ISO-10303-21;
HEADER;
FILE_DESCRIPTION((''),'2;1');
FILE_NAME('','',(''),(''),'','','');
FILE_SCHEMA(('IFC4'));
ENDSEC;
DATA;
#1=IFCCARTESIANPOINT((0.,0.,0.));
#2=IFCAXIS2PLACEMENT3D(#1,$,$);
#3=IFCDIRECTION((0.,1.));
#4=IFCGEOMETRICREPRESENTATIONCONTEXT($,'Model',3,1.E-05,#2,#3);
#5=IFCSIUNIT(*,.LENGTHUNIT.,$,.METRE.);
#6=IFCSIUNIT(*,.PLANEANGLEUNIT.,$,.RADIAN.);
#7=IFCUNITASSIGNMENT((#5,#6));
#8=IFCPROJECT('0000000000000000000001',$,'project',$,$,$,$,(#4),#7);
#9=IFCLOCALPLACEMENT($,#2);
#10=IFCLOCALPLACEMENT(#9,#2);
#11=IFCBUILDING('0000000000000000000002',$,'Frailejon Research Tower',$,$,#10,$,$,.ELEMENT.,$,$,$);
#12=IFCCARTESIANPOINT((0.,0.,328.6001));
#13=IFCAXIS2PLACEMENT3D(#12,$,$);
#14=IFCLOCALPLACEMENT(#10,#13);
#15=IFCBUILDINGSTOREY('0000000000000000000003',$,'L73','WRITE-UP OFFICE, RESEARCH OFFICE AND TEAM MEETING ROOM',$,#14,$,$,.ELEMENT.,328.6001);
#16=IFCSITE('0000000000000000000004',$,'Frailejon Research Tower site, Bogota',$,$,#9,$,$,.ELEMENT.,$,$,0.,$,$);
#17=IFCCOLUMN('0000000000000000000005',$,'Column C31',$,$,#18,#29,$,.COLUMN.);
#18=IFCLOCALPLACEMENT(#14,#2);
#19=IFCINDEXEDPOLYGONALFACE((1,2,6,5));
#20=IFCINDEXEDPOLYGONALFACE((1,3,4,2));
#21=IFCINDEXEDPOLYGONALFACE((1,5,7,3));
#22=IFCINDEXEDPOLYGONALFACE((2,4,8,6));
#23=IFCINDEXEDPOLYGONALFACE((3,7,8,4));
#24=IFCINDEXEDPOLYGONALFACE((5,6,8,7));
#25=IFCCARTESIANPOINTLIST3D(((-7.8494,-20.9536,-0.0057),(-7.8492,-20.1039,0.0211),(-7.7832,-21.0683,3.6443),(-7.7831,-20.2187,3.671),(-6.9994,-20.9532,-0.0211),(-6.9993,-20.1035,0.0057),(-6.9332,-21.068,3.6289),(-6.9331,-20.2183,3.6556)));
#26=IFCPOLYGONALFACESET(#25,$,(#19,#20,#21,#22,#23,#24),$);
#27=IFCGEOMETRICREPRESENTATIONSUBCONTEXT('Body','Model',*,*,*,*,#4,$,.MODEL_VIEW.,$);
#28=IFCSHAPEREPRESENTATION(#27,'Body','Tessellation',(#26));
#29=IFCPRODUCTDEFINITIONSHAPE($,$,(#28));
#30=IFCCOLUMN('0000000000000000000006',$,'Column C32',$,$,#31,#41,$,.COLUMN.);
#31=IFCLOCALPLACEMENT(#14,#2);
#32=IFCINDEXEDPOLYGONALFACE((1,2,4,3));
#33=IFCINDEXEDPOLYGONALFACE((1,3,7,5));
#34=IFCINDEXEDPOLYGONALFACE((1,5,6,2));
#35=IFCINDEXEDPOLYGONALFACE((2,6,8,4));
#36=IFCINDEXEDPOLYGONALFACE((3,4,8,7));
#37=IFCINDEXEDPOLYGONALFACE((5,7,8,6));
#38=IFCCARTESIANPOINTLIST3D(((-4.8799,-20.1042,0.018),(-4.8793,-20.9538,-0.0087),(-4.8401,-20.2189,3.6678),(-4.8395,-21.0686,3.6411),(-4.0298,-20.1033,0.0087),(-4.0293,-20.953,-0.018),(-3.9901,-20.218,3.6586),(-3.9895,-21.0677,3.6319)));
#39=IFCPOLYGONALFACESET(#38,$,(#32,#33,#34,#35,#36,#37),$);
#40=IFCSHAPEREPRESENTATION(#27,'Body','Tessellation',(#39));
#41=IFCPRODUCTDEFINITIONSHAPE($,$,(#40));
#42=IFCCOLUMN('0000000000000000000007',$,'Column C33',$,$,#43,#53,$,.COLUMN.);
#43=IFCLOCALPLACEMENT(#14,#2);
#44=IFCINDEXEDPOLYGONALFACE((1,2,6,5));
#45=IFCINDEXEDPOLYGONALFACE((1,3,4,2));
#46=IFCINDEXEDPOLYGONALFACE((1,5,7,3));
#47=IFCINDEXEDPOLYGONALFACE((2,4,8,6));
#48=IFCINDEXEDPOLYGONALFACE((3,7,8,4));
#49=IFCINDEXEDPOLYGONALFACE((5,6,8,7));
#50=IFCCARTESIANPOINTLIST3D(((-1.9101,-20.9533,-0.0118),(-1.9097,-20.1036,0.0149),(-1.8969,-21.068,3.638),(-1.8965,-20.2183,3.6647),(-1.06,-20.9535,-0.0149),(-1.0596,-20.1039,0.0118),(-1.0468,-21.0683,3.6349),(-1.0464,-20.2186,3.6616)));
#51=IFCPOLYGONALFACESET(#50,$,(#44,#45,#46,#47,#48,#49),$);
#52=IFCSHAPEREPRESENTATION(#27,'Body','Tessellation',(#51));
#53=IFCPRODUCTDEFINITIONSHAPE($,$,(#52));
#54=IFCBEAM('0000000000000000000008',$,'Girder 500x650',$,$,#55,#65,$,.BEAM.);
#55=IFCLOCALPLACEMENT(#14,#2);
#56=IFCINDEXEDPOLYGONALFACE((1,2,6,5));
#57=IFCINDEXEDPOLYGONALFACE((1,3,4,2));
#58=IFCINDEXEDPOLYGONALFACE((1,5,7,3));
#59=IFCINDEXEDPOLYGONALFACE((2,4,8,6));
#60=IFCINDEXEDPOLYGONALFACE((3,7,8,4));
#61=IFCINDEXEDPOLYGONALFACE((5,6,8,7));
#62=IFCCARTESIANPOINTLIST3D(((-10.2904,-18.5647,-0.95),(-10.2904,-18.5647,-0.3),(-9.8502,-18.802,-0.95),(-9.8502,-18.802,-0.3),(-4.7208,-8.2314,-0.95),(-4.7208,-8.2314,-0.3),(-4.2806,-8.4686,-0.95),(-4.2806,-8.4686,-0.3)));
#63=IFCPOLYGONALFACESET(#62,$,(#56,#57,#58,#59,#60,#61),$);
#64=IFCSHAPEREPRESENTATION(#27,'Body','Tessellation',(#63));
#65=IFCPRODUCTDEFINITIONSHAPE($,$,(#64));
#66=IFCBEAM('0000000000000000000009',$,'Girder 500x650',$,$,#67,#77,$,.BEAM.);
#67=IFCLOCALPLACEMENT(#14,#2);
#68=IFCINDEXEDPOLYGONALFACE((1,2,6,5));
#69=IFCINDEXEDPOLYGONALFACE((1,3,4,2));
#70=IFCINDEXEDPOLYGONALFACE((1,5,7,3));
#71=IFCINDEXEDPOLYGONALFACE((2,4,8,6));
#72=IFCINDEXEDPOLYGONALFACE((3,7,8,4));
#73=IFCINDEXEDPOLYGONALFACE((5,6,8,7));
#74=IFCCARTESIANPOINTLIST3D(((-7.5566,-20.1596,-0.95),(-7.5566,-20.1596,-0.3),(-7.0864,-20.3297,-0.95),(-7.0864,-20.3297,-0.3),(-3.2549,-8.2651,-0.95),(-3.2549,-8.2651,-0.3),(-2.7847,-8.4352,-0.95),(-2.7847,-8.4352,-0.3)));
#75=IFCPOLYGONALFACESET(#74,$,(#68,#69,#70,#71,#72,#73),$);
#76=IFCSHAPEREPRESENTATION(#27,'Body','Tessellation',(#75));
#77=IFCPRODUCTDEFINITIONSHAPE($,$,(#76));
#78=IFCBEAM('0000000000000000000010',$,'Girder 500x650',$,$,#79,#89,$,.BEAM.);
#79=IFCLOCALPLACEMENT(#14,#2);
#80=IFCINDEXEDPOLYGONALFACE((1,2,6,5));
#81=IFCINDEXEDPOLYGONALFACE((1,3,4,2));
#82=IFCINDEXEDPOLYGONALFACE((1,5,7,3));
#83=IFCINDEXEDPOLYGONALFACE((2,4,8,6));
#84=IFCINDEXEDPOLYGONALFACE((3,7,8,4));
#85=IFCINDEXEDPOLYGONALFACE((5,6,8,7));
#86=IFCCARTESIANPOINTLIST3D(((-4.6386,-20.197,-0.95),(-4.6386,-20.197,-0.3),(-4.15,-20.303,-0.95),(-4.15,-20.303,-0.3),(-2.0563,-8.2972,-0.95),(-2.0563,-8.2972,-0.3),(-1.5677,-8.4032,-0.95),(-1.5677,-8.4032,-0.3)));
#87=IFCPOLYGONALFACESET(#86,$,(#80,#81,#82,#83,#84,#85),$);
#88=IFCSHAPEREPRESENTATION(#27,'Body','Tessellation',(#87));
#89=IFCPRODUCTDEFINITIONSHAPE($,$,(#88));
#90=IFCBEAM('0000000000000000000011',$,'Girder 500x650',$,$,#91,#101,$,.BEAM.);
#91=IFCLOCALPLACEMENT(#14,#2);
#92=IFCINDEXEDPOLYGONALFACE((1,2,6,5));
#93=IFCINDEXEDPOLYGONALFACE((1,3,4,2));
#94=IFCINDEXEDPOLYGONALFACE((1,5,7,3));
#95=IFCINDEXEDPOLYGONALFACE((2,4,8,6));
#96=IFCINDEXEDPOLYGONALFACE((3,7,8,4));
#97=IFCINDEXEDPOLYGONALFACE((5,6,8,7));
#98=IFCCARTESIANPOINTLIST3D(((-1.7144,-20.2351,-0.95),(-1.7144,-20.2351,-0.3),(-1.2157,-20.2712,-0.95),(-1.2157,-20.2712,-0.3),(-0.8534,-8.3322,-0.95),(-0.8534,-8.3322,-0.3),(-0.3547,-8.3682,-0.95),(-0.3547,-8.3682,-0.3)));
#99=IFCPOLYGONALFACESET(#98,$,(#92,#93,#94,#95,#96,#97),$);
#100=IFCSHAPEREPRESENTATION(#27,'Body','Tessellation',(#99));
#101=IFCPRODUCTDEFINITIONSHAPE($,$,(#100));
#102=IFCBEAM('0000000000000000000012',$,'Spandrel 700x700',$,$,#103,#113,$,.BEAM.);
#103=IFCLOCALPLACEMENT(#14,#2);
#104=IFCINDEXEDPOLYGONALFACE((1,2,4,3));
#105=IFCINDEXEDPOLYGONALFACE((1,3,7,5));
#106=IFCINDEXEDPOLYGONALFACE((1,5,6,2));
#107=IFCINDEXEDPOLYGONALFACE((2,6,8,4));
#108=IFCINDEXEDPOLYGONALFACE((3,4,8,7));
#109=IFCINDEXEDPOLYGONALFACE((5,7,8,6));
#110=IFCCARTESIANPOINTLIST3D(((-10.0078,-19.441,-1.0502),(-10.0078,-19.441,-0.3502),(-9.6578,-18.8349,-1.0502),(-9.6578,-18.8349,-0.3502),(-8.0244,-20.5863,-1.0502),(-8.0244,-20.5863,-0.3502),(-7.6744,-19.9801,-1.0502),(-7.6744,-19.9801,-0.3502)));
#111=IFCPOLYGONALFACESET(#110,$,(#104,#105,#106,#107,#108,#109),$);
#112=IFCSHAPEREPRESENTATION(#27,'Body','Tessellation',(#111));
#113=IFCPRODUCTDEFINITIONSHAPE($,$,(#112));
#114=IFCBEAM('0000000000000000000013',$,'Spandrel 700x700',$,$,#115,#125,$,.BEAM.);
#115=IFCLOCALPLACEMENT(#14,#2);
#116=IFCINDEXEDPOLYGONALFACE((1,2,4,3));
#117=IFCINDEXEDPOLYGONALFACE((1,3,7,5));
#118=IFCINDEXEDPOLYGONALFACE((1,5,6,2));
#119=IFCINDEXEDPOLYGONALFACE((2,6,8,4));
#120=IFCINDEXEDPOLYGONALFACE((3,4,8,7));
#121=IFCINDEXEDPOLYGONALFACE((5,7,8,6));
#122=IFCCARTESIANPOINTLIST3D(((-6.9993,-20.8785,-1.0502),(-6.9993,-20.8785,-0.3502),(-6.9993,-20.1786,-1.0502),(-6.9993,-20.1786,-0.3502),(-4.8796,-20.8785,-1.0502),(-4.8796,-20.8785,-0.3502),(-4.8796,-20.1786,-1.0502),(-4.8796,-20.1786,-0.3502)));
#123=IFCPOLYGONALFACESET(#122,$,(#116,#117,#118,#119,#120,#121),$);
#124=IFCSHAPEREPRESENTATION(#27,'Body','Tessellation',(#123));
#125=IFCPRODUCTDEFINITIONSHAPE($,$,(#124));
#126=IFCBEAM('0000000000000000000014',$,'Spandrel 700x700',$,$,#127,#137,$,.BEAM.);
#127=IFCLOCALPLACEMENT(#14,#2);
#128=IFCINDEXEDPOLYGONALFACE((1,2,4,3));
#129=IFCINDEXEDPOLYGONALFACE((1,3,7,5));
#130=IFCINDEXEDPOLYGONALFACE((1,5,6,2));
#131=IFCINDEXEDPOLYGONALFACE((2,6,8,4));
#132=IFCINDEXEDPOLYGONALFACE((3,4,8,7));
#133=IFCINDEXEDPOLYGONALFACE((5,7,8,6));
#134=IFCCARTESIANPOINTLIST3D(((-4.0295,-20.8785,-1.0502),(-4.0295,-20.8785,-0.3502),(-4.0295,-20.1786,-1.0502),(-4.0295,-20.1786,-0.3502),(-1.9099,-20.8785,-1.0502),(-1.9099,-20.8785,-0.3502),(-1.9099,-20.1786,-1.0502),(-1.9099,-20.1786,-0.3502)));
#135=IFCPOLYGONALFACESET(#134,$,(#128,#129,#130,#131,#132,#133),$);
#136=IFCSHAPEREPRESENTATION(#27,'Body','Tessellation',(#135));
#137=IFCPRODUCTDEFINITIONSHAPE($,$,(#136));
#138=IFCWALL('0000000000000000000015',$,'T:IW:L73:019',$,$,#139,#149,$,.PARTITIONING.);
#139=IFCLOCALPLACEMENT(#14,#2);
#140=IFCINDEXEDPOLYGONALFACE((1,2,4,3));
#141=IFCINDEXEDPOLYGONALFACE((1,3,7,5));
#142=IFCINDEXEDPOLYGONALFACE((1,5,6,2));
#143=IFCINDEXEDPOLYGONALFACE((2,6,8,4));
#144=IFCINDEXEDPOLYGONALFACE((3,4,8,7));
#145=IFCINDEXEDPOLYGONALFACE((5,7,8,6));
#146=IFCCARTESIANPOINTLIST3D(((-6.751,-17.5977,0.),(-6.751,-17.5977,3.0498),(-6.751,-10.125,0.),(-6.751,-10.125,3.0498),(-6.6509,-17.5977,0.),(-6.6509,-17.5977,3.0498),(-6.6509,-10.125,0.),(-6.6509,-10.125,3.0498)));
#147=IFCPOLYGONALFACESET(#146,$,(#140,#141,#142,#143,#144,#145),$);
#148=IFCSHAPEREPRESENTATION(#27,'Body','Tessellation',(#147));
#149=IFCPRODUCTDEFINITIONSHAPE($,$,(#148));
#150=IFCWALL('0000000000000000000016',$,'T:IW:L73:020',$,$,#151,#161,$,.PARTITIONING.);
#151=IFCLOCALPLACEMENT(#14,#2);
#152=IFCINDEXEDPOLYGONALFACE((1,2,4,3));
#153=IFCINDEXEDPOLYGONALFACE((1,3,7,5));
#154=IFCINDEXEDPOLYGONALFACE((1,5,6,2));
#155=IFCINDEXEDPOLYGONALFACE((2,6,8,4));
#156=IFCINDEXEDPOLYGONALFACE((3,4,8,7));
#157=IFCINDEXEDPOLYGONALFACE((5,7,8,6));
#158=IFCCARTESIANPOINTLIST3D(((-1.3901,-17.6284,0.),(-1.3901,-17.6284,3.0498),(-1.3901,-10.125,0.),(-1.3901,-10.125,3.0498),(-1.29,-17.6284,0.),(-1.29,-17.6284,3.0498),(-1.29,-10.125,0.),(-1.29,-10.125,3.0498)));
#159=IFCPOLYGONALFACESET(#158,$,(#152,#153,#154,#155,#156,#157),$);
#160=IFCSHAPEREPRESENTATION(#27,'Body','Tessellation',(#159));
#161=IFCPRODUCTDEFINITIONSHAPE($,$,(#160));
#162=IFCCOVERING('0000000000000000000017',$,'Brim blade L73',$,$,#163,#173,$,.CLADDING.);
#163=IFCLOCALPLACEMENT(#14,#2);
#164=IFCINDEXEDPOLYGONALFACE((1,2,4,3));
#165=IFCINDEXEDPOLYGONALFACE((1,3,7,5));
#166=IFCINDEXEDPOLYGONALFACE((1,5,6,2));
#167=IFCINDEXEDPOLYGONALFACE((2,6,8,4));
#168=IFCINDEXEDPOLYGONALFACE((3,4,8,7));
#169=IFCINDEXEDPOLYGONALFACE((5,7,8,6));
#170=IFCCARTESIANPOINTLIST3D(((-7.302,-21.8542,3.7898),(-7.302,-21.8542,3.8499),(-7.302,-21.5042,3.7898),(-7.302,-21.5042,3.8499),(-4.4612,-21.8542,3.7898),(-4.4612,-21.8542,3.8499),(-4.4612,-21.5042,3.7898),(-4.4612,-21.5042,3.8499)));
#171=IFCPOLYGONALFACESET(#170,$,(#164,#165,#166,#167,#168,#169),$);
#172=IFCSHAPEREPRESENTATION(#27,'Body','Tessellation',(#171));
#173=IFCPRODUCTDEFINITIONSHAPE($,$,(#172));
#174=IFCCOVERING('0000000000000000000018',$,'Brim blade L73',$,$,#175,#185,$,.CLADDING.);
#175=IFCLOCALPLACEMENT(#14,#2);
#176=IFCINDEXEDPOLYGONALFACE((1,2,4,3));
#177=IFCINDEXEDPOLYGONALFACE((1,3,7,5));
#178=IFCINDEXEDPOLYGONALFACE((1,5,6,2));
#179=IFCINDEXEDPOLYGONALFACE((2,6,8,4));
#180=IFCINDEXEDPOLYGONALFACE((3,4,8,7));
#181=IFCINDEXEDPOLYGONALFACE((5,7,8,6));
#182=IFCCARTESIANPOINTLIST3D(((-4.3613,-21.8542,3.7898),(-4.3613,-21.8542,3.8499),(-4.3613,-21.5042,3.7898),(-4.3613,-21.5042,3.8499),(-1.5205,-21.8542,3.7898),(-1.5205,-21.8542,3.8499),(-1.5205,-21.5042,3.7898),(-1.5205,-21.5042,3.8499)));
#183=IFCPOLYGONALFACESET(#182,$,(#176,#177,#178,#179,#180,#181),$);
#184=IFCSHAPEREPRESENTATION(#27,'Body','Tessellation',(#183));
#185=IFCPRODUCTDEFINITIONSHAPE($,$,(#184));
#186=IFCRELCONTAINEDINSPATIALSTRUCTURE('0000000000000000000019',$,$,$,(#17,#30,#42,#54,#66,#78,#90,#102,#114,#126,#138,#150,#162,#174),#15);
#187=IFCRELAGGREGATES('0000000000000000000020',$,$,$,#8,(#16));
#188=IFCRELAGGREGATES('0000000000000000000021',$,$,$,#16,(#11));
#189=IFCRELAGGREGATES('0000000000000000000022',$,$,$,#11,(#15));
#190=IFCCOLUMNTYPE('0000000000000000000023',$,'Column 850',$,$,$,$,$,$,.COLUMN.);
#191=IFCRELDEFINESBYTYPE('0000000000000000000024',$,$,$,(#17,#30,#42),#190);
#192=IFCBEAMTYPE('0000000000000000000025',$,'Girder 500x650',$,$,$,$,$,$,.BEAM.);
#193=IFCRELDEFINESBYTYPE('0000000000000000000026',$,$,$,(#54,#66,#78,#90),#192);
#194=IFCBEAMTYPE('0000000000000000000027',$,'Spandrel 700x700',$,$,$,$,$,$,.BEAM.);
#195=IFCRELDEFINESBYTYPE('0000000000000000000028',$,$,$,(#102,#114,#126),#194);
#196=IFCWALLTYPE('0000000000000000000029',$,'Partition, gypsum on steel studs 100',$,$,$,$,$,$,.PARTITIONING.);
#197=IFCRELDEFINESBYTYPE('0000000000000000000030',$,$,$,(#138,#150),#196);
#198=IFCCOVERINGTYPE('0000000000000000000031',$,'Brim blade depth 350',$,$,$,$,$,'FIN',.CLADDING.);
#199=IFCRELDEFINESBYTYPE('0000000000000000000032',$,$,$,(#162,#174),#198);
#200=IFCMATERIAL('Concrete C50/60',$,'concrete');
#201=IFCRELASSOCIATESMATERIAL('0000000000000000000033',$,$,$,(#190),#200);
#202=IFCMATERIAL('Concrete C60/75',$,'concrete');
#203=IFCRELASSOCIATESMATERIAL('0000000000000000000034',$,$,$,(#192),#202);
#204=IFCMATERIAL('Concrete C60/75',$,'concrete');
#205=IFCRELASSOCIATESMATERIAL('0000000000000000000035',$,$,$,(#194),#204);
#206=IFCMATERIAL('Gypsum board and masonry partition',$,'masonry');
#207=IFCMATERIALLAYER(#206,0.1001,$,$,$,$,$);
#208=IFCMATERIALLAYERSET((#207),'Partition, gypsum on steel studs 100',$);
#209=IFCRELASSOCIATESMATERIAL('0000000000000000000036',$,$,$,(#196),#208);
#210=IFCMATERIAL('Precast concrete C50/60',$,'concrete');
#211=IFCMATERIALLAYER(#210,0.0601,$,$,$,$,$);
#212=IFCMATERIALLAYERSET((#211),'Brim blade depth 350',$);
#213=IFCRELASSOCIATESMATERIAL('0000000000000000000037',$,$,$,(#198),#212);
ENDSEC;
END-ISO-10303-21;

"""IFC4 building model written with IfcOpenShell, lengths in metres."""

from ifc_helpers import new_model, si_unit, direction, frame, frame_2d, origin, origin_2d, place, context, subcontext, project, spatial, polyline, rectangle, outline, extrude, material, layer, layer_set, material_profile, profile_set, type_object, element, save


model = new_model("IFC4")

# Units and contexts
model_context = context("Model", 3, precision=1e-05, world=origin(), true_north=direction((0.0, 1.0)))
body_context = subcontext(model_context, "Body", "Model", "MODEL_VIEW")
ifc_project = project(units=[si_unit("LENGTHUNIT", "METRE"), si_unit("PLANEANGLEUNIT", "RADIAN")], contexts=[model_context])

# Site, building, storey
site_placement = place(None, origin())
site = spatial("IfcSite", under=ifc_project, at=site_placement, Name="Frailejon Research Tower site, Bogota", CompositionType="ELEMENT", RefElevation=0.0)
building_placement = place(site_placement, origin())
building = spatial("IfcBuilding", under=site, at=building_placement, Name="Frailejon Research Tower", CompositionType="ELEMENT")
storey_placement = place(building_placement, frame((0.0, 0.0, 328.6001)))
storey = spatial("IfcBuildingStorey", under=building, at=storey_placement, Name="L73", Description="WRITE-UP OFFICE, RESEARCH OFFICE AND TEAM MEETING ROOM", CompositionType="ELEMENT", Elevation=328.6001)

# Columns
ifc_material_1 = material(Name="Concrete C50/60", Category="concrete")
ifc_material_profile_1 = material_profile(ifc_material_1, rectangle(XDim=0.8501, YDim=0.8501, at=origin_2d()), Name="Column 850")
ifc_profile_set_1 = profile_set([ifc_material_profile_1], Name="Concrete C50/60")
column_type = type_object("IfcColumnType", Name="Column 850", PredefinedType="COLUMN", material=ifc_profile_set_1)
column_1_placement = place(storey_placement, frame((-7.4243, -20.5286, 0.0), z_axis=(0.018115, -0.031417, 0.999342), x_axis=(0.999836, 0.000438, -0.01811)))
element("IfcColumn", 1, at=column_1_placement, inside=storey, type_object=column_type, Name="Column C31", PredefinedType="COLUMN", context=body_context, shape_type="SweptSolid", body=[
    extrude(rectangle(XDim=0.8501, YDim=0.8501, at=origin_2d()), origin(), (0.0, 0.0, 1.0), 3.6523),
])
column_2_placement = place(storey_placement, frame((-4.4546, -20.5286, 0.0), z_axis=(0.010897, -0.031421, 0.999447), x_axis=(0.99994, 0.001008, -0.010871)))
element("IfcColumn", 2, at=column_2_placement, inside=storey, type_object=column_type, Name="Column C32", PredefinedType="COLUMN", context=body_context, shape_type="SweptSolid", body=[
    extrude(rectangle(XDim=0.8501, YDim=0.8501, at=origin_2d()), origin(), (0.0, 0.0, 1.0), 3.6519),
])
column_3_placement = place(storey_placement, frame((-1.4849, -20.5286, 0.0), z_axis=(0.00361, -0.031422, 0.9995), x_axis=(0.999993, -0.000341, -0.003623)))
element("IfcColumn", 3, at=column_3_placement, inside=storey, type_object=column_type, Name="Column C33", PredefinedType="COLUMN", context=body_context, shape_type="SweptSolid", body=[
    extrude(rectangle(XDim=0.8501, YDim=0.8501, at=origin_2d()), origin(), (0.0, 0.0, 1.0), 3.6516),
])

# Beams
ifc_material_2 = material(Name="Concrete C60/75", Category="concrete")
ifc_material_profile_2 = material_profile(ifc_material_2, rectangle(XDim=0.5, YDim=0.6499, at=origin_2d()), Name="Girder 500x650")
ifc_profile_set_2 = profile_set([ifc_material_profile_2], Name="Concrete C60/75")
beam_type_1 = type_object("IfcBeamType", Name="Girder 500x650", PredefinedType="BEAM", material=ifc_profile_set_2)
beam_1_placement = place(storey_placement, frame((-10.0703, -18.6833, -0.625), z_axis=(0.474464, 0.880275, 0.0), x_axis=(-0.880275, 0.474464, 0.0)))
element("IfcBeam", 4, at=beam_1_placement, inside=storey, type_object=beam_type_1, Name="Girder 500x650", PredefinedType="BEAM", context=body_context, shape_type="SweptSolid", body=[
    extrude(rectangle(XDim=0.5, YDim=0.6499, at=origin_2d()), origin(), (0.0, 0.0, 1.0), 11.7388),
])
beam_2_placement = place(storey_placement, frame((-7.3215, -20.2446, -0.625), z_axis=(0.3401, 0.940389, 0.0), x_axis=(-0.940389, 0.3401, 0.0)))
element("IfcBeam", 5, at=beam_2_placement, inside=storey, type_object=beam_type_1, Name="Girder 500x650", PredefinedType="BEAM", context=body_context, shape_type="SweptSolid", body=[
    extrude(rectangle(XDim=0.5, YDim=0.6499, at=origin_2d()), origin(), (0.0, 0.0, 1.0), 12.6484),
])
beam_3_placement = place(storey_placement, frame((-4.3943, -20.25, -0.625), z_axis=(0.212064, 0.977256, 0.0), x_axis=(-0.977256, 0.212064, 0.0)))
element("IfcBeam", 6, at=beam_3_placement, inside=storey, type_object=beam_type_1, Name="Girder 500x650", PredefinedType="BEAM", context=body_context, shape_type="SweptSolid", body=[
    extrude(rectangle(XDim=0.5, YDim=0.6499, at=origin_2d()), origin(), (0.0, 0.0, 1.0), 12.1768),
])
beam_4_placement = place(storey_placement, frame((-1.4651, -20.2532, -0.625), z_axis=(0.072153, 0.997394, 0.0), x_axis=(-0.997394, 0.072153, 0.0)))
element("IfcBeam", 7, at=beam_4_placement, inside=storey, type_object=beam_type_1, Name="Girder 500x650", PredefinedType="BEAM", context=body_context, shape_type="SweptSolid", body=[
    extrude(rectangle(XDim=0.5, YDim=0.6499, at=origin_2d()), origin(), (0.0, 0.0, 1.0), 11.9341),
])
ifc_material_3 = material(Name="Concrete C60/75", Category="concrete")
ifc_material_profile_3 = material_profile(ifc_material_3, rectangle(XDim=0.7, YDim=0.7, at=origin_2d()), Name="Spandrel 700x700")
ifc_profile_set_3 = profile_set([ifc_material_profile_3], Name="Concrete C60/75")
beam_type_2 = type_object("IfcBeamType", Name="Spandrel 700x700", PredefinedType="BEAM", material=ifc_profile_set_3)
beam_5_placement = place(storey_placement, frame((-9.8328, -19.1379, -0.7002), z_axis=(0.865997, -0.500048, 0.0), x_axis=(0.500048, 0.865997, 0.0)))
element("IfcBeam", 8, at=beam_5_placement, inside=storey, type_object=beam_type_2, Name="Spandrel 700x700", PredefinedType="BEAM", context=body_context, shape_type="SweptSolid", body=[
    extrude(rectangle(XDim=0.7, YDim=0.7, at=origin_2d()), origin(), (0.0, 0.0, 1.0), 2.2903),
])
for number, where, z_axis, x_axis, name in (
    (9, (-6.9993, -20.5286, -0.7002), (1.0, 0.0, 0.0), (0.0, 1.0, 0.0), "Spandrel 700x700"),
    (10, (-4.0295, -20.5286, -0.7002), (1.0, 0.0, 0.0), (0.0, 1.0, 0.0), "Spandrel 700x700"),
):
    element("IfcBeam", number, at=place(storey_placement, frame(where, z_axis=z_axis, x_axis=x_axis)), inside=storey, type_object=beam_type_2, Name=name, PredefinedType="BEAM", context=body_context, shape_type="SweptSolid", body=[
        extrude(rectangle(XDim=0.7, YDim=0.7, at=origin_2d()), origin(), (0.0, 0.0, 1.0), 2.1196),
    ])

# Walls
ifc_material_4 = material(Name="Gypsum board and masonry partition", Category="masonry")
ifc_layer_1 = layer(ifc_material_4, 0.1001)
ifc_layer_set_1 = layer_set([ifc_layer_1], Name="Partition, gypsum on steel studs 100")
wall_type_1 = type_object("IfcWallType", Name="Partition, gypsum on steel studs 100", PredefinedType="PARTITIONING", material=ifc_layer_set_1)
wall_1_placement = place(storey_placement, frame((-6.7009, -17.5977, 0.0), z_axis=(0.0, 0.0, 1.0), x_axis=(0.0, 1.0, 0.0)))
element("IfcWall", 11, at=wall_1_placement, inside=storey, type_object=wall_type_1, Name="T:IW:L73:019", PredefinedType="PARTITIONING", context=body_context, shape_type="SweptSolid", body=[
    extrude(rectangle(XDim=7.4727, YDim=0.1001, at=frame_2d((3.7363, 0.0))), origin(), (0.0, 0.0, 1.0), 3.0498),
])
wall_2_placement = place(storey_placement, frame((-1.3401, -17.6284, 0.0), z_axis=(0.0, 0.0, 1.0), x_axis=(0.0, 1.0, 0.0)))
element("IfcWall", 12, at=wall_2_placement, inside=storey, type_object=wall_type_1, Name="T:IW:L73:020", PredefinedType="PARTITIONING", context=body_context, shape_type="SweptSolid", body=[
    extrude(rectangle(XDim=7.5034, YDim=0.1001, at=frame_2d((3.7517, 0.0))), origin(), (0.0, 0.0, 1.0), 3.0498),
])

# Coverings
ifc_material_5 = material(Name="Precast concrete C50/60", Category="concrete")
ifc_layer_2 = layer(ifc_material_5, 0.0601)
ifc_layer_set_2 = layer_set([ifc_layer_2], Name="Brim blade depth 350")
covering_type_1 = type_object("IfcCoveringType", Name="Brim blade depth 350", ElementType="FIN", PredefinedType="CLADDING", material=ifc_layer_set_2)
for number, where, z_axis, x_axis, name in (
    (13, (-4.4612, -21.5042, 3.8499), (-1.0, 0.0, 0.0), (0.0, -1.0, 0.0), "Brim blade L73"),
    (14, (-1.5205, -21.5042, 3.8499), (-1.0, 0.0, 0.0), (0.0, -1.0, 0.0), "Brim blade L73"),
):
    element("IfcCovering", number, at=place(storey_placement, frame(where, z_axis=z_axis, x_axis=x_axis)), inside=storey, type_object=covering_type_1, Name=name, PredefinedType="CLADDING", context=body_context, shape_type="SweptSolid", body=[
        extrude(outline(polyline([(0.0, -0.0601), (0.3501, -0.0601), (0.3501, 0.0), (0.0, 0.0), (0.0, -0.0601)])), origin(), (0.0, 0.0, 1.0), 2.8408),
    ])

save(model, "model.ifc")
